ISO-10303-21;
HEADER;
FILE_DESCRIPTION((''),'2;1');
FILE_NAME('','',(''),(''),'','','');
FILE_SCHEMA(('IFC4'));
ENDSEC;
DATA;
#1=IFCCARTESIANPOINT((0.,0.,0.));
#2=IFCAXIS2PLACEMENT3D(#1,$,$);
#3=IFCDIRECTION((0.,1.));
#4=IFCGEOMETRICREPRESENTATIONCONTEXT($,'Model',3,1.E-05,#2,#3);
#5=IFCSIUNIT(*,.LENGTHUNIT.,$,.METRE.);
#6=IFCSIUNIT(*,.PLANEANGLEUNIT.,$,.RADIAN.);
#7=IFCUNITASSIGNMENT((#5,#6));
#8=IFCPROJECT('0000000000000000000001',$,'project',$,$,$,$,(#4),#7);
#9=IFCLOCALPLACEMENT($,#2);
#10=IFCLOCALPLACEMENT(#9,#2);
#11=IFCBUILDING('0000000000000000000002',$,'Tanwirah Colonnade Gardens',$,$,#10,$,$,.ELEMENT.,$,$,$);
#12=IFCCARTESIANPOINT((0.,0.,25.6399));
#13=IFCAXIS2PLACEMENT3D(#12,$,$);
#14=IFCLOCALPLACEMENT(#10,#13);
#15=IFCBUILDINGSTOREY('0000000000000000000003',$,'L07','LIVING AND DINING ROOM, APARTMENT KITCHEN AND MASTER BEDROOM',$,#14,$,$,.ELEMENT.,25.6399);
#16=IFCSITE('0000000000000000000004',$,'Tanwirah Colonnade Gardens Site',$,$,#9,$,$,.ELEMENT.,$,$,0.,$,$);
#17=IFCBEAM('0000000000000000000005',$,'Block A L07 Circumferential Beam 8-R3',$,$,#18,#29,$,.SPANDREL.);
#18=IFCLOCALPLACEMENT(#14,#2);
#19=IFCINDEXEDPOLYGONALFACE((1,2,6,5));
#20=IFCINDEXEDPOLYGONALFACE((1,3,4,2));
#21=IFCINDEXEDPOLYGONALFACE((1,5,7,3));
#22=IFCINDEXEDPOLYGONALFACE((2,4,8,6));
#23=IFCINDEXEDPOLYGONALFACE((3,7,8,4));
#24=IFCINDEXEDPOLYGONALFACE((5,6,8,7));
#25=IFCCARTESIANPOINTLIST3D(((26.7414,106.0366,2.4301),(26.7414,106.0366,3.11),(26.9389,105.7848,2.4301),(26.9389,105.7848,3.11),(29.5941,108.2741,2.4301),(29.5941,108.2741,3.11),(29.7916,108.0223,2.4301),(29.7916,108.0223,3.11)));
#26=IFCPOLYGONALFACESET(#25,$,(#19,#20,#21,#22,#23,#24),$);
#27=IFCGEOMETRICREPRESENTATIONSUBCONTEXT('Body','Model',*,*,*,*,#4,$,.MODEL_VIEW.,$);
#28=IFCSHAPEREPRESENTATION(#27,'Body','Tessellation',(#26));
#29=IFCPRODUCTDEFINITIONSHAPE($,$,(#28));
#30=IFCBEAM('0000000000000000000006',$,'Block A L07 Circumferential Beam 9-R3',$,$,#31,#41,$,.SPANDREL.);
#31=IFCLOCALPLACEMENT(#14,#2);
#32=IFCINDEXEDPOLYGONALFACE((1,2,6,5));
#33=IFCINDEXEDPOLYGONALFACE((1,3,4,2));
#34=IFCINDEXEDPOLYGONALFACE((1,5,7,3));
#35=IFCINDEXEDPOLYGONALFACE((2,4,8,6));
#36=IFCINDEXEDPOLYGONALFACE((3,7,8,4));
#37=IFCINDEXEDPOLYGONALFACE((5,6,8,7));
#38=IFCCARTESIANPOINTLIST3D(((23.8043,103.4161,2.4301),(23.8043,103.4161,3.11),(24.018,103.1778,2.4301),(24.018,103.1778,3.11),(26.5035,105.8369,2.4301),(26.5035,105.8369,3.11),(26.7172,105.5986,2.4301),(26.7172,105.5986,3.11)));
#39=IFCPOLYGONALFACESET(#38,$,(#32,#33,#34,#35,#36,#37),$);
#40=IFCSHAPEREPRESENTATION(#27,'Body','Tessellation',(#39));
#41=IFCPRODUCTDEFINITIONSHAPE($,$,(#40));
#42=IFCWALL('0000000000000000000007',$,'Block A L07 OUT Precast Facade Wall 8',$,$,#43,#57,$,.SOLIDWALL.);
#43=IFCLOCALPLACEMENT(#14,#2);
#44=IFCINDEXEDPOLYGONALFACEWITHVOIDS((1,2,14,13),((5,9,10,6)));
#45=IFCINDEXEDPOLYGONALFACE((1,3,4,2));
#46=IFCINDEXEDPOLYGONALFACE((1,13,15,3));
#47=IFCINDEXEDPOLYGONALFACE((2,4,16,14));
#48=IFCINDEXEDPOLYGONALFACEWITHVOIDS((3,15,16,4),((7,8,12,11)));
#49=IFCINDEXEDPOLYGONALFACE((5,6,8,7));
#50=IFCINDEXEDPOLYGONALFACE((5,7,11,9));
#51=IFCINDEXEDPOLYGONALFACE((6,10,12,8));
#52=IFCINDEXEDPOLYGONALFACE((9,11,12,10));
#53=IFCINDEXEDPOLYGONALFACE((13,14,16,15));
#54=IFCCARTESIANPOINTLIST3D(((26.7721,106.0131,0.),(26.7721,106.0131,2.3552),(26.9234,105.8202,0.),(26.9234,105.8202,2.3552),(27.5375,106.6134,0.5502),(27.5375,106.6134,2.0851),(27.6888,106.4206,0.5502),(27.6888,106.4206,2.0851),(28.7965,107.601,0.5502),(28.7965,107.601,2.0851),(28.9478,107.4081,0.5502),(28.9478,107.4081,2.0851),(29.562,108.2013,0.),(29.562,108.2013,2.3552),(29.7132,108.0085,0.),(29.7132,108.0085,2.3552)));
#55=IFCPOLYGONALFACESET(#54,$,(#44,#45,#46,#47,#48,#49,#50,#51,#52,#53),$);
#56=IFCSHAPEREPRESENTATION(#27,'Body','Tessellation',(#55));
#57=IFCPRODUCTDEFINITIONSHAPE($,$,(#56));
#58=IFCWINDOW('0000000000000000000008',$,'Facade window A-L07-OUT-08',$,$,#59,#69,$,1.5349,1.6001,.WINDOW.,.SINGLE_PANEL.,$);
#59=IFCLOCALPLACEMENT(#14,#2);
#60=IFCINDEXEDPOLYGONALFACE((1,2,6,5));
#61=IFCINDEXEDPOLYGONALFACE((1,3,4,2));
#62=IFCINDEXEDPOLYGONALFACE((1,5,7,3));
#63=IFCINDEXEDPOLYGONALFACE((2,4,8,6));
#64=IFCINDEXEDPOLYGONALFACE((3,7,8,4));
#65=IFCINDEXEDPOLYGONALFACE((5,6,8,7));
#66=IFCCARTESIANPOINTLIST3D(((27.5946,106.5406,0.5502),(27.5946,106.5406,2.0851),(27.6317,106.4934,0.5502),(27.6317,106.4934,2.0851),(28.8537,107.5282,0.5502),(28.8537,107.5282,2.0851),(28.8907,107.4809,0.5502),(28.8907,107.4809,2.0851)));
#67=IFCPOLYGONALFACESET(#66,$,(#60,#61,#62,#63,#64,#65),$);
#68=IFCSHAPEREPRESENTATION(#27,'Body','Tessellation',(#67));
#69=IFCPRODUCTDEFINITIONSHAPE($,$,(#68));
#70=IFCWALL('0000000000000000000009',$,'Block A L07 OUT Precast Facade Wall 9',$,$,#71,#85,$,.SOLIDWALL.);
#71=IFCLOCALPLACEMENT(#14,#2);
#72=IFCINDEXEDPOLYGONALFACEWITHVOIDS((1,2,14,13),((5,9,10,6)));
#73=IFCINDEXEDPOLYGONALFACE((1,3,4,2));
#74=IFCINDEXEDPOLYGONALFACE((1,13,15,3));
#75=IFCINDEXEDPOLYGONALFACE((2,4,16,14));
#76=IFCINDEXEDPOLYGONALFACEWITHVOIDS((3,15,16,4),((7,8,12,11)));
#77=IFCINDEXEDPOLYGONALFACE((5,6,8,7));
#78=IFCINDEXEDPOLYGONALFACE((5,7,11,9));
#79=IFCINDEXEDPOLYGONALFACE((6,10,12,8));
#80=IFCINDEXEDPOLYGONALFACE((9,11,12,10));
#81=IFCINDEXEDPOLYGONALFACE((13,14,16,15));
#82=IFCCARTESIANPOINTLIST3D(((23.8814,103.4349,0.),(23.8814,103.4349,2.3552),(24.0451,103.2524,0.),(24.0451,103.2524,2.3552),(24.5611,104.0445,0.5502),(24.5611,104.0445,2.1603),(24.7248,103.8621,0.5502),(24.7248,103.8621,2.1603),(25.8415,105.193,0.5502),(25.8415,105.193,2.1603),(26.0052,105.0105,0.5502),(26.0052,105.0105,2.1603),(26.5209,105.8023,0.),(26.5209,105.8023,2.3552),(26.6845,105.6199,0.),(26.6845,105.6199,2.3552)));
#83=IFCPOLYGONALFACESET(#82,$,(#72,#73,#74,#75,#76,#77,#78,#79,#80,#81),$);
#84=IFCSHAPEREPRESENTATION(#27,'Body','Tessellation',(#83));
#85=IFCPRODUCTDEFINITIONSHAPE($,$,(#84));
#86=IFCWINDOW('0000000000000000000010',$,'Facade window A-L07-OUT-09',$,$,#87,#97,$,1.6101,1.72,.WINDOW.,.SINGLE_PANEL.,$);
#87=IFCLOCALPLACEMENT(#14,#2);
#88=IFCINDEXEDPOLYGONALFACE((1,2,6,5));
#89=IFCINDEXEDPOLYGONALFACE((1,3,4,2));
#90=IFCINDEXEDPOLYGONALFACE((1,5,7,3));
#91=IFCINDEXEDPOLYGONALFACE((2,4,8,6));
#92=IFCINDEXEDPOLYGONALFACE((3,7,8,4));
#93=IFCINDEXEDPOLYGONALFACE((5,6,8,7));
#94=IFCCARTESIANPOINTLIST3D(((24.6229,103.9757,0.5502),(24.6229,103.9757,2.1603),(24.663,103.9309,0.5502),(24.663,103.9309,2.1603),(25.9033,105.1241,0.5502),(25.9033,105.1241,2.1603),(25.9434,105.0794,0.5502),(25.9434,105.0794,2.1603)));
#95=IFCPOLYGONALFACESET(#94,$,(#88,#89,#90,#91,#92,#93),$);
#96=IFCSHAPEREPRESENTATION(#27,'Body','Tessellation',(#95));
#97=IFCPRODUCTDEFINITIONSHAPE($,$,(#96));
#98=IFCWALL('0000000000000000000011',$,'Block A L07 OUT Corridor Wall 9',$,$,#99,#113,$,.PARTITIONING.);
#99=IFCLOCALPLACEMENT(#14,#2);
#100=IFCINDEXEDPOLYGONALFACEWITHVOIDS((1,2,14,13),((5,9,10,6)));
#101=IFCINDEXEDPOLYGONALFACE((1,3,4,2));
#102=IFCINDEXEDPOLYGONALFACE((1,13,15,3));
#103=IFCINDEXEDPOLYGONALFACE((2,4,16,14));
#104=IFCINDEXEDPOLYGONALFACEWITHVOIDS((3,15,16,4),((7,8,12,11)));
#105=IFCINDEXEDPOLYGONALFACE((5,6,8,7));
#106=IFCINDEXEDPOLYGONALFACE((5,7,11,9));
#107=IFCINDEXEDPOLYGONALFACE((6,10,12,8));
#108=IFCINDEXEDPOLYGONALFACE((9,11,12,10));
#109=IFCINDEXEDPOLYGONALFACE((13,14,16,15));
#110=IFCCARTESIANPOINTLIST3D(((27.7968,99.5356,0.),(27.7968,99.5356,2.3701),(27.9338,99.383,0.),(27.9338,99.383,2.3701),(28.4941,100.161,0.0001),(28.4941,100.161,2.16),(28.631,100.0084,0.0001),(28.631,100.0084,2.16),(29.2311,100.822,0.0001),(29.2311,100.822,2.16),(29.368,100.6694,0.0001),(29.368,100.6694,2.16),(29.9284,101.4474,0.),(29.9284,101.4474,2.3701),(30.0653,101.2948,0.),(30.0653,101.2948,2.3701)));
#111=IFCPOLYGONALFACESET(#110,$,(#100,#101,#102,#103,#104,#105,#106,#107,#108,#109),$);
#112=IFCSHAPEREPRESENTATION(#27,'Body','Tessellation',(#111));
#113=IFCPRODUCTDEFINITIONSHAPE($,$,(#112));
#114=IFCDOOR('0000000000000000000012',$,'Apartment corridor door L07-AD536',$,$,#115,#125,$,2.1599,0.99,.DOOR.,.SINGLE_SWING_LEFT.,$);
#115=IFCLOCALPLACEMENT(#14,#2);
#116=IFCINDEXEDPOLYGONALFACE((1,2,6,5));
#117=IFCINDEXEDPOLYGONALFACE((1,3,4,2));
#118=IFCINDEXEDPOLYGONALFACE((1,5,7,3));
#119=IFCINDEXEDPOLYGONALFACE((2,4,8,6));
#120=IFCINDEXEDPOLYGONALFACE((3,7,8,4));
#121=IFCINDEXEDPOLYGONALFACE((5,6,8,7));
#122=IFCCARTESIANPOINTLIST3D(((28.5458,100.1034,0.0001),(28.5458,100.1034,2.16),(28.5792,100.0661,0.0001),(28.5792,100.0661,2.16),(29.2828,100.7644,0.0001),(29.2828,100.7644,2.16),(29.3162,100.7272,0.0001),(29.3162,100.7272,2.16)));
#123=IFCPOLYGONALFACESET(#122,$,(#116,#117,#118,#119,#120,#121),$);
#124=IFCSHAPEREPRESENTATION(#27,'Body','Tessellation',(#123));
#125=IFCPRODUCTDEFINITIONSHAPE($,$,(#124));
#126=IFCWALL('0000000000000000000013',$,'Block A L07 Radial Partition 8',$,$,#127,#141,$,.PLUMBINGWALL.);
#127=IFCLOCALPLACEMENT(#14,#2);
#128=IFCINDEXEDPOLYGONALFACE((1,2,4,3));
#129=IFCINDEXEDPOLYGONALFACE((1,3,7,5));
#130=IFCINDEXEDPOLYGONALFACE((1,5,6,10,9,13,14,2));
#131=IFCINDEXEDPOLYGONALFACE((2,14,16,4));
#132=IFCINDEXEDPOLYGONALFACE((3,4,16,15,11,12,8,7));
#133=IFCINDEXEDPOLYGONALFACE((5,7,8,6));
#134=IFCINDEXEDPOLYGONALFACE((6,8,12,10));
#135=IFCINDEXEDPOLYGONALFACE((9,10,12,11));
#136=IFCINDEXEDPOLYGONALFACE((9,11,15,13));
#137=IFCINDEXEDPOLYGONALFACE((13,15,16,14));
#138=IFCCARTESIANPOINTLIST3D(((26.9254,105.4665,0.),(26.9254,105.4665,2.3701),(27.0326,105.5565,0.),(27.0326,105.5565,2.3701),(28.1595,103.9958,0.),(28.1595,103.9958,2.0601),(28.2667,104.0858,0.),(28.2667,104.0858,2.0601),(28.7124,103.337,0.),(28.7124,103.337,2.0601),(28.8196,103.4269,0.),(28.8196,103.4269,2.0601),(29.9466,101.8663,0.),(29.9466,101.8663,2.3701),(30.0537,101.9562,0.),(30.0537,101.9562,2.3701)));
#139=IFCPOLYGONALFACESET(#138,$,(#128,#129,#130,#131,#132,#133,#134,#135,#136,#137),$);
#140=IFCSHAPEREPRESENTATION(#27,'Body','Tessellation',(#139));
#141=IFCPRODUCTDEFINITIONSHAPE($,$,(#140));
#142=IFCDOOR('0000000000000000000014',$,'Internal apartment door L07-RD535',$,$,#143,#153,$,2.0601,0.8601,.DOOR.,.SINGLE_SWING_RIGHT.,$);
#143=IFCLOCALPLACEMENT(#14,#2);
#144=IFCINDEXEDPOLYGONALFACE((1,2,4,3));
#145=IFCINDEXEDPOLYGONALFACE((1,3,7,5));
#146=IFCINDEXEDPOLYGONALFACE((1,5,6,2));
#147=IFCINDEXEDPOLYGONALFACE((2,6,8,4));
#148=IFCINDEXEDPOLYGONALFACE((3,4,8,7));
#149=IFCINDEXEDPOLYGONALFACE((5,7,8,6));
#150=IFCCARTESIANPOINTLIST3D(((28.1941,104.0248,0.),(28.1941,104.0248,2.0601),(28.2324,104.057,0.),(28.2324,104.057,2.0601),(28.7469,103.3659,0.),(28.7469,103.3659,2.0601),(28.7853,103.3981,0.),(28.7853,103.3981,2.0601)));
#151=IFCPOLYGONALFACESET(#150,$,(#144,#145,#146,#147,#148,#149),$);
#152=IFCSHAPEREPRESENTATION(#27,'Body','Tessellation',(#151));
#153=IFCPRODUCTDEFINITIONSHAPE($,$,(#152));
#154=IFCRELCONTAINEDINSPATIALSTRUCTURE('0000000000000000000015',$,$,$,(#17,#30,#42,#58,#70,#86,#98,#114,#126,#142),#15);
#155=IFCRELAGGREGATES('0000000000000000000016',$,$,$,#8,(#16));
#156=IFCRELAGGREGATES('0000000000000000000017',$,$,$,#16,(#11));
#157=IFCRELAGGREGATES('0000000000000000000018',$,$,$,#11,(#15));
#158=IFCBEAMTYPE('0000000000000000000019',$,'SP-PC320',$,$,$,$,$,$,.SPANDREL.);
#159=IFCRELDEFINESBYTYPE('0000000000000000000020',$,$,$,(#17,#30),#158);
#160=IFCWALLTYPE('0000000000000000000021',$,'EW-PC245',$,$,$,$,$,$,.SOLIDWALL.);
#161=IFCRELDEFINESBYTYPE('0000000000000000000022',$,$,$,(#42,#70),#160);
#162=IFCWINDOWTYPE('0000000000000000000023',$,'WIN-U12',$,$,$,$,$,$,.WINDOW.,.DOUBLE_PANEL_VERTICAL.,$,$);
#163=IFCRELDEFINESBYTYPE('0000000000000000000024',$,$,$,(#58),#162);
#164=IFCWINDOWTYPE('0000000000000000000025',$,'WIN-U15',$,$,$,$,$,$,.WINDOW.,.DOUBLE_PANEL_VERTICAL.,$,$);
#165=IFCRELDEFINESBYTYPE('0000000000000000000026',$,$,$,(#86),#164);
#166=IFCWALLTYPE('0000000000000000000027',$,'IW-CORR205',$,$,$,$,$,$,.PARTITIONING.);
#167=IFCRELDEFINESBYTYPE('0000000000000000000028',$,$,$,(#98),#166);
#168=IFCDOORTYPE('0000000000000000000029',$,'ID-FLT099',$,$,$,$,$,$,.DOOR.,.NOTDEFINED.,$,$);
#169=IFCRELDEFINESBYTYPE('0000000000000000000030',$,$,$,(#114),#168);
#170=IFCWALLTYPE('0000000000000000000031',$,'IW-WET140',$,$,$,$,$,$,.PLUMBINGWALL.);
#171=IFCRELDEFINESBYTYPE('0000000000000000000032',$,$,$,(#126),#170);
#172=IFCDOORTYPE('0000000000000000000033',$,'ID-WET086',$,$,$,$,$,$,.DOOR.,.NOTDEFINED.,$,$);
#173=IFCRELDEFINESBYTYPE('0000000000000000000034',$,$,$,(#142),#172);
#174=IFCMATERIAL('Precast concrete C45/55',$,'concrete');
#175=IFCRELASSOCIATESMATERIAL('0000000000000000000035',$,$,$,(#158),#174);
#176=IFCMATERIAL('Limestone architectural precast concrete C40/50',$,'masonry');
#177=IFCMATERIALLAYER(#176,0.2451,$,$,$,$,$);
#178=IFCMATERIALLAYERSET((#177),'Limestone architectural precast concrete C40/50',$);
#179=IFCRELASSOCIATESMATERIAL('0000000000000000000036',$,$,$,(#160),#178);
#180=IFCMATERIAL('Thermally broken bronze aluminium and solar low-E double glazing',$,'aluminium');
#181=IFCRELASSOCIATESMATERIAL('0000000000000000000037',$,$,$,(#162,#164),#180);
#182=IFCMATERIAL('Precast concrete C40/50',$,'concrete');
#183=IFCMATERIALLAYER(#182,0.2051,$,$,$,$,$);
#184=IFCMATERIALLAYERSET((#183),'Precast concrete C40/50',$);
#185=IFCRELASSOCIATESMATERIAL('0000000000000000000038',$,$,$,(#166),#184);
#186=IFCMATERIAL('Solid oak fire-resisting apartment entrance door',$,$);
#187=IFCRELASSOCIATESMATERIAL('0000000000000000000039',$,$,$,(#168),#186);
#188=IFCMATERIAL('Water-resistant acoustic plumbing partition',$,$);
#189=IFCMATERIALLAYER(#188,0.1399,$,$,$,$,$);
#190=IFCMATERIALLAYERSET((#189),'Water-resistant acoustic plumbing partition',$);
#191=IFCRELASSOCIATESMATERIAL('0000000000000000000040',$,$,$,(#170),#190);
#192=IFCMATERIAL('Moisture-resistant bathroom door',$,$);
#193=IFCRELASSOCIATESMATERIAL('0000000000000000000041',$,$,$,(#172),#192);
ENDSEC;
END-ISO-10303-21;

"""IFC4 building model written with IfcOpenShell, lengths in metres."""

from ifc_helpers import new_model, si_unit, direction, frame, frame_2d, origin, origin_2d, place, context, subcontext, project, spatial, rectangle, extrude, material, layer, layer_set, material_profile, profile_set, type_object, element, fill, save


model = new_model("IFC4")

# Units and contexts
model_context = context("Model", 3, precision=1e-05, world=origin(), true_north=direction((0.0, 1.0)))
body_context = subcontext(model_context, "Body", "Model", "MODEL_VIEW")
ifc_project = project(units=[si_unit("LENGTHUNIT", "METRE"), si_unit("PLANEANGLEUNIT", "RADIAN")], contexts=[model_context])

# Site, building, storey
site_placement = place(None, origin())
site = spatial("IfcSite", under=ifc_project, at=site_placement, Name="Tanwirah Colonnade Gardens Site", CompositionType="ELEMENT", RefElevation=0.0)
building_placement = place(site_placement, origin())
building = spatial("IfcBuilding", under=site, at=building_placement, Name="Tanwirah Colonnade Gardens", CompositionType="ELEMENT")
storey_placement = place(building_placement, frame((0.0, 0.0, 25.6399)))
storey = spatial("IfcBuildingStorey", under=building, at=storey_placement, Name="L07", Description="LIVING AND DINING ROOM, APARTMENT KITCHEN AND MASTER BEDROOM", CompositionType="ELEMENT", Elevation=25.6399)

# Shared definitions
ifc_material_1 = material(Name="Precast concrete C40/50", Category="concrete")

# Beams
ifc_material_2 = material(Name="Precast concrete C45/55", Category="concrete")
ifc_material_profile_1 = material_profile(ifc_material_2, rectangle(XDim=0.3201, YDim=0.6799, at=origin_2d()), Name="PC-SP 320x680")
ifc_profile_set_1 = profile_set([ifc_material_profile_1], Name="Precast concrete C45/55")
beam_type_1 = type_object("IfcBeamType", Name="SP-PC320", PredefinedType="SPANDREL", material=ifc_profile_set_1)
beam_1_placement = place(storey_placement, frame((29.6929, 108.1482, 2.77), z_axis=(-0.786844, -0.617152, 0.0), x_axis=(0.617152, -0.786844, 0.0)))
element("IfcBeam", 1, at=beam_1_placement, inside=storey, type_object=beam_type_1, Name="Block A L07 Circumferential Beam 8-R3", PredefinedType="SPANDREL", context=body_context, shape_type="SweptSolid", body=[
    extrude(rectangle(XDim=0.3201, YDim=0.6799, at=origin_2d()), origin(), (0.0, 0.0, 1.0), 3.6255),
])
beam_2_placement = place(storey_placement, frame((26.6104, 105.7178, 2.77), z_axis=(-0.744445, -0.667684, 0.0), x_axis=(0.667684, -0.744445, 0.0)))
element("IfcBeam", 2, at=beam_2_placement, inside=storey, type_object=beam_type_1, Name="Block A L07 Circumferential Beam 9-R3", PredefinedType="SPANDREL", context=body_context, shape_type="SweptSolid", body=[
    extrude(rectangle(XDim=0.3201, YDim=0.6799, at=origin_2d()), origin(), (0.0, 0.0, 1.0), 3.6257),
])

# Walls, openings, windows
ifc_material_3 = material(Name="Limestone architectural precast concrete C40/50", Category="masonry")
ifc_layer_1 = layer(ifc_material_3, 0.2451)
ifc_layer_set_1 = layer_set([ifc_layer_1], Name="Limestone architectural precast concrete C40/50")
wall_type_1 = type_object("IfcWallType", Name="EW-PC245", PredefinedType="SOLIDWALL", material=ifc_layer_set_1)
wall_1_placement = place(storey_placement, frame((29.6377, 108.105, 0.0), z_axis=(0.0, 0.0, 1.0), x_axis=(-0.786832, -0.617168, 0.0)))
wall_1 = element("IfcWall", 3, at=wall_1_placement, inside=storey, type_object=wall_type_1, Name="Block A L07 OUT Precast Facade Wall 8", PredefinedType="SOLIDWALL", context=body_context, shape_type="SweptSolid", body=[
    extrude(rectangle(XDim=3.5457, YDim=0.2451, at=frame_2d((1.7729, 0.0))), origin(), (0.0, 0.0, 1.0), 2.3552),
])
opening_1_placement = place(wall_1_placement, frame((0.9729, 0.0, 0.55)))
opening_1 = element("IfcOpeningElement", 4, at=opening_1_placement, cuts=wall_1, PredefinedType="OPENING", context=body_context, shape_type="SweptSolid", body=[
    extrude(rectangle(XDim=1.6001, YDim=1.5349, at=frame_2d((0.8, 0.7676))), frame((0.0, 0.1326, 0.0), z_axis=(0.0, -1.0, 0.0), x_axis=(1.0, 0.0, 0.0)), (0.0, 0.0, 1.0), 0.2651),
])
ifc_material_4 = material(Name="Thermally broken bronze aluminium and solar low-E double glazing", Category="aluminium")
window_type_1 = type_object("IfcWindowType", Name="WIN-U12", PartitioningType="DOUBLE_PANEL_VERTICAL", PredefinedType="WINDOW", material=ifc_material_4)
window_1_placement = place(opening_1_placement, origin())
window_1 = element("IfcWindow", 5, at=window_1_placement, inside=storey, type_object=window_type_1, Name="Facade window A-L07-OUT-08", OverallHeight=1.5349, OverallWidth=1.6001, PartitioningType="SINGLE_PANEL", PredefinedType="WINDOW", context=body_context, shape_type="SweptSolid", body=[
    extrude(rectangle(XDim=1.6001, YDim=1.5349, at=frame_2d((0.8, 0.7676))), frame((0.0, 0.03, 0.0), z_axis=(0.0, -1.0, 0.0), x_axis=(1.0, 0.0, 0.0)), (0.0, 0.0, 1.0), 0.0601),
])
fill(opening_1, window_1)
wall_2_placement = place(storey_placement, frame((26.6028, 105.7112, 0.0), z_axis=(0.0, 0.0, 1.0), x_axis=(-0.74442, -0.667712, 0.0)))
wall_2 = element("IfcWall", 6, at=wall_2_placement, inside=storey, type_object=wall_type_1, Name="Block A L07 OUT Precast Facade Wall 9", PredefinedType="SOLIDWALL", context=body_context, shape_type="SweptSolid", body=[
    extrude(rectangle(XDim=3.5457, YDim=0.2451, at=frame_2d((1.7729, 0.0))), origin(), (0.0, 0.0, 1.0), 2.3552),
])
opening_2_placement = place(wall_2_placement, frame((0.9128, 0.0, 0.55)))
opening_2 = element("IfcOpeningElement", 7, at=opening_2_placement, cuts=wall_2, PredefinedType="OPENING", context=body_context, shape_type="SweptSolid", body=[
    extrude(rectangle(XDim=1.72, YDim=1.6101, at=frame_2d((0.8599, 0.8052))), frame((0.0, 0.1326, 0.0), z_axis=(0.0, -1.0, 0.0), x_axis=(1.0, 0.0, 0.0)), (0.0, 0.0, 1.0), 0.2651),
])
window_type_2 = type_object("IfcWindowType", Name="WIN-U15", PartitioningType="DOUBLE_PANEL_VERTICAL", PredefinedType="WINDOW", material=ifc_material_4)
window_2_placement = place(opening_2_placement, origin())
window_2 = element("IfcWindow", 8, at=window_2_placement, inside=storey, type_object=window_type_2, Name="Facade window A-L07-OUT-09", OverallHeight=1.6101, OverallWidth=1.72, PartitioningType="SINGLE_PANEL", PredefinedType="WINDOW", context=body_context, shape_type="SweptSolid", body=[
    extrude(rectangle(XDim=1.72, YDim=1.6101, at=frame_2d((0.8599, 0.8052))), frame((0.0, 0.03, 0.0), z_axis=(0.0, -1.0, 0.0), x_axis=(1.0, 0.0, 0.0)), (0.0, 0.0, 1.0), 0.0601),
])
fill(opening_2, window_2)

# Walls, openings, doors
ifc_layer_2 = layer(ifc_material_1, 0.2051)
ifc_layer_set_2 = layer_set([ifc_layer_2], Name="Precast concrete C40/50")
wall_type_2 = type_object("IfcWallType", Name="IW-CORR205", PredefinedType="PARTITIONING", material=ifc_layer_set_2)
wall_3_placement = place(storey_placement, frame((29.9968, 101.3711, 0.0), z_axis=(0.0, 0.0, 1.0), x_axis=(-0.744434, -0.667697, 0.0)))
wall_3 = element("IfcWall", 9, at=wall_3_placement, inside=storey, type_object=wall_type_2, Name="Block A L07 OUT Corridor Wall 9", PredefinedType="PARTITIONING", context=body_context, shape_type="SweptSolid", body=[
    extrude(rectangle(XDim=2.8633, YDim=0.2051, at=frame_2d((1.4316, 0.0))), origin(), (0.0, 0.0, 1.0), 2.3701),
])
opening_3_placement = place(wall_3_placement, frame((0.9365, 0.0, 0.0)))
opening_3 = element("IfcOpeningElement", 10, at=opening_3_placement, cuts=wall_3, PredefinedType="OPENING", context=body_context, shape_type="SweptSolid", body=[
    extrude(rectangle(XDim=0.99, YDim=2.1599, at=frame_2d((0.4951, 1.0801))), frame((0.0, 0.1125, 0.0), z_axis=(0.0, -1.0, 0.0), x_axis=(1.0, 0.0, 0.0)), (0.0, 0.0, 1.0), 0.2251),
])
ifc_material_5 = material(Name="Solid oak fire-resisting apartment entrance door")
door_type_1 = type_object("IfcDoorType", Name="ID-FLT099", OperationType="NOTDEFINED", PredefinedType="DOOR", material=ifc_material_5)
door_1_placement = place(opening_3_placement, origin())
door_1 = element("IfcDoor", 11, at=door_1_placement, inside=storey, type_object=door_type_1, Name="Apartment corridor door L07-AD536", OperationType="SINGLE_SWING_LEFT", OverallHeight=2.1599, OverallWidth=0.99, PredefinedType="DOOR", context=body_context, shape_type="SweptSolid", body=[
    extrude(rectangle(XDim=0.99, YDim=2.1599, at=frame_2d((0.4951, 1.0801))), frame((0.0, 0.0249, 0.0), z_axis=(0.0, -1.0, 0.0), x_axis=(1.0, 0.0, 0.0)), (0.0, 0.0, 1.0), 0.05),
])
fill(opening_3, door_1)
ifc_material_6 = material(Name="Water-resistant acoustic plumbing partition")
ifc_layer_3 = layer(ifc_material_6, 0.1399)
ifc_layer_set_3 = layer_set([ifc_layer_3], Name="Water-resistant acoustic plumbing partition")
wall_type_3 = type_object("IfcWallType", Name="IW-WET140", PredefinedType="PLUMBINGWALL", material=ifc_layer_set_3)
wall_4_placement = place(storey_placement, frame((30.0002, 101.9111, 0.0), z_axis=(0.0, 0.0, 1.0), x_axis=(-0.642812, 0.766024, 0.0)))
wall_4 = element("IfcWall", 12, at=wall_4_placement, inside=storey, type_object=wall_type_3, Name="Block A L07 Radial Partition 8", PredefinedType="PLUMBINGWALL", context=body_context, shape_type="SweptSolid", body=[
    extrude(rectangle(XDim=4.7, YDim=0.1399, at=frame_2d((2.3501, 0.0))), origin(), (0.0, 0.0, 1.0), 2.3701),
])
opening_4_placement = place(wall_4_placement, frame((1.9199, 0.0, 0.0)))
opening_4 = element("IfcOpeningElement", 13, at=opening_4_placement, cuts=wall_4, PredefinedType="OPENING", context=body_context, shape_type="SweptSolid", body=[
    extrude(rectangle(XDim=0.8601, YDim=2.0601, at=frame_2d((0.4302, 1.03))), frame((0.0, 0.0798, 0.0), z_axis=(0.0, -1.0, 0.0), x_axis=(1.0, 0.0, 0.0)), (0.0, 0.0, 1.0), 0.1599),
])
ifc_material_7 = material(Name="Moisture-resistant bathroom door")
door_type_2 = type_object("IfcDoorType", Name="ID-WET086", OperationType="NOTDEFINED", PredefinedType="DOOR", material=ifc_material_7)
door_2_placement = place(opening_4_placement, origin())
door_2 = element("IfcDoor", 14, at=door_2_placement, inside=storey, type_object=door_type_2, Name="Internal apartment door L07-RD535", OperationType="SINGLE_SWING_RIGHT", OverallHeight=2.0601, OverallWidth=0.8601, PredefinedType="DOOR", context=body_context, shape_type="SweptSolid", body=[
    extrude(rectangle(XDim=0.8601, YDim=2.0601, at=frame_2d((0.4302, 1.03))), frame((0.0, 0.0249, 0.0), z_axis=(0.0, -1.0, 0.0), x_axis=(1.0, 0.0, 0.0)), (0.0, 0.0, 1.0), 0.05),
])
fill(opening_4, door_2)

save(model, "model.ifc")
